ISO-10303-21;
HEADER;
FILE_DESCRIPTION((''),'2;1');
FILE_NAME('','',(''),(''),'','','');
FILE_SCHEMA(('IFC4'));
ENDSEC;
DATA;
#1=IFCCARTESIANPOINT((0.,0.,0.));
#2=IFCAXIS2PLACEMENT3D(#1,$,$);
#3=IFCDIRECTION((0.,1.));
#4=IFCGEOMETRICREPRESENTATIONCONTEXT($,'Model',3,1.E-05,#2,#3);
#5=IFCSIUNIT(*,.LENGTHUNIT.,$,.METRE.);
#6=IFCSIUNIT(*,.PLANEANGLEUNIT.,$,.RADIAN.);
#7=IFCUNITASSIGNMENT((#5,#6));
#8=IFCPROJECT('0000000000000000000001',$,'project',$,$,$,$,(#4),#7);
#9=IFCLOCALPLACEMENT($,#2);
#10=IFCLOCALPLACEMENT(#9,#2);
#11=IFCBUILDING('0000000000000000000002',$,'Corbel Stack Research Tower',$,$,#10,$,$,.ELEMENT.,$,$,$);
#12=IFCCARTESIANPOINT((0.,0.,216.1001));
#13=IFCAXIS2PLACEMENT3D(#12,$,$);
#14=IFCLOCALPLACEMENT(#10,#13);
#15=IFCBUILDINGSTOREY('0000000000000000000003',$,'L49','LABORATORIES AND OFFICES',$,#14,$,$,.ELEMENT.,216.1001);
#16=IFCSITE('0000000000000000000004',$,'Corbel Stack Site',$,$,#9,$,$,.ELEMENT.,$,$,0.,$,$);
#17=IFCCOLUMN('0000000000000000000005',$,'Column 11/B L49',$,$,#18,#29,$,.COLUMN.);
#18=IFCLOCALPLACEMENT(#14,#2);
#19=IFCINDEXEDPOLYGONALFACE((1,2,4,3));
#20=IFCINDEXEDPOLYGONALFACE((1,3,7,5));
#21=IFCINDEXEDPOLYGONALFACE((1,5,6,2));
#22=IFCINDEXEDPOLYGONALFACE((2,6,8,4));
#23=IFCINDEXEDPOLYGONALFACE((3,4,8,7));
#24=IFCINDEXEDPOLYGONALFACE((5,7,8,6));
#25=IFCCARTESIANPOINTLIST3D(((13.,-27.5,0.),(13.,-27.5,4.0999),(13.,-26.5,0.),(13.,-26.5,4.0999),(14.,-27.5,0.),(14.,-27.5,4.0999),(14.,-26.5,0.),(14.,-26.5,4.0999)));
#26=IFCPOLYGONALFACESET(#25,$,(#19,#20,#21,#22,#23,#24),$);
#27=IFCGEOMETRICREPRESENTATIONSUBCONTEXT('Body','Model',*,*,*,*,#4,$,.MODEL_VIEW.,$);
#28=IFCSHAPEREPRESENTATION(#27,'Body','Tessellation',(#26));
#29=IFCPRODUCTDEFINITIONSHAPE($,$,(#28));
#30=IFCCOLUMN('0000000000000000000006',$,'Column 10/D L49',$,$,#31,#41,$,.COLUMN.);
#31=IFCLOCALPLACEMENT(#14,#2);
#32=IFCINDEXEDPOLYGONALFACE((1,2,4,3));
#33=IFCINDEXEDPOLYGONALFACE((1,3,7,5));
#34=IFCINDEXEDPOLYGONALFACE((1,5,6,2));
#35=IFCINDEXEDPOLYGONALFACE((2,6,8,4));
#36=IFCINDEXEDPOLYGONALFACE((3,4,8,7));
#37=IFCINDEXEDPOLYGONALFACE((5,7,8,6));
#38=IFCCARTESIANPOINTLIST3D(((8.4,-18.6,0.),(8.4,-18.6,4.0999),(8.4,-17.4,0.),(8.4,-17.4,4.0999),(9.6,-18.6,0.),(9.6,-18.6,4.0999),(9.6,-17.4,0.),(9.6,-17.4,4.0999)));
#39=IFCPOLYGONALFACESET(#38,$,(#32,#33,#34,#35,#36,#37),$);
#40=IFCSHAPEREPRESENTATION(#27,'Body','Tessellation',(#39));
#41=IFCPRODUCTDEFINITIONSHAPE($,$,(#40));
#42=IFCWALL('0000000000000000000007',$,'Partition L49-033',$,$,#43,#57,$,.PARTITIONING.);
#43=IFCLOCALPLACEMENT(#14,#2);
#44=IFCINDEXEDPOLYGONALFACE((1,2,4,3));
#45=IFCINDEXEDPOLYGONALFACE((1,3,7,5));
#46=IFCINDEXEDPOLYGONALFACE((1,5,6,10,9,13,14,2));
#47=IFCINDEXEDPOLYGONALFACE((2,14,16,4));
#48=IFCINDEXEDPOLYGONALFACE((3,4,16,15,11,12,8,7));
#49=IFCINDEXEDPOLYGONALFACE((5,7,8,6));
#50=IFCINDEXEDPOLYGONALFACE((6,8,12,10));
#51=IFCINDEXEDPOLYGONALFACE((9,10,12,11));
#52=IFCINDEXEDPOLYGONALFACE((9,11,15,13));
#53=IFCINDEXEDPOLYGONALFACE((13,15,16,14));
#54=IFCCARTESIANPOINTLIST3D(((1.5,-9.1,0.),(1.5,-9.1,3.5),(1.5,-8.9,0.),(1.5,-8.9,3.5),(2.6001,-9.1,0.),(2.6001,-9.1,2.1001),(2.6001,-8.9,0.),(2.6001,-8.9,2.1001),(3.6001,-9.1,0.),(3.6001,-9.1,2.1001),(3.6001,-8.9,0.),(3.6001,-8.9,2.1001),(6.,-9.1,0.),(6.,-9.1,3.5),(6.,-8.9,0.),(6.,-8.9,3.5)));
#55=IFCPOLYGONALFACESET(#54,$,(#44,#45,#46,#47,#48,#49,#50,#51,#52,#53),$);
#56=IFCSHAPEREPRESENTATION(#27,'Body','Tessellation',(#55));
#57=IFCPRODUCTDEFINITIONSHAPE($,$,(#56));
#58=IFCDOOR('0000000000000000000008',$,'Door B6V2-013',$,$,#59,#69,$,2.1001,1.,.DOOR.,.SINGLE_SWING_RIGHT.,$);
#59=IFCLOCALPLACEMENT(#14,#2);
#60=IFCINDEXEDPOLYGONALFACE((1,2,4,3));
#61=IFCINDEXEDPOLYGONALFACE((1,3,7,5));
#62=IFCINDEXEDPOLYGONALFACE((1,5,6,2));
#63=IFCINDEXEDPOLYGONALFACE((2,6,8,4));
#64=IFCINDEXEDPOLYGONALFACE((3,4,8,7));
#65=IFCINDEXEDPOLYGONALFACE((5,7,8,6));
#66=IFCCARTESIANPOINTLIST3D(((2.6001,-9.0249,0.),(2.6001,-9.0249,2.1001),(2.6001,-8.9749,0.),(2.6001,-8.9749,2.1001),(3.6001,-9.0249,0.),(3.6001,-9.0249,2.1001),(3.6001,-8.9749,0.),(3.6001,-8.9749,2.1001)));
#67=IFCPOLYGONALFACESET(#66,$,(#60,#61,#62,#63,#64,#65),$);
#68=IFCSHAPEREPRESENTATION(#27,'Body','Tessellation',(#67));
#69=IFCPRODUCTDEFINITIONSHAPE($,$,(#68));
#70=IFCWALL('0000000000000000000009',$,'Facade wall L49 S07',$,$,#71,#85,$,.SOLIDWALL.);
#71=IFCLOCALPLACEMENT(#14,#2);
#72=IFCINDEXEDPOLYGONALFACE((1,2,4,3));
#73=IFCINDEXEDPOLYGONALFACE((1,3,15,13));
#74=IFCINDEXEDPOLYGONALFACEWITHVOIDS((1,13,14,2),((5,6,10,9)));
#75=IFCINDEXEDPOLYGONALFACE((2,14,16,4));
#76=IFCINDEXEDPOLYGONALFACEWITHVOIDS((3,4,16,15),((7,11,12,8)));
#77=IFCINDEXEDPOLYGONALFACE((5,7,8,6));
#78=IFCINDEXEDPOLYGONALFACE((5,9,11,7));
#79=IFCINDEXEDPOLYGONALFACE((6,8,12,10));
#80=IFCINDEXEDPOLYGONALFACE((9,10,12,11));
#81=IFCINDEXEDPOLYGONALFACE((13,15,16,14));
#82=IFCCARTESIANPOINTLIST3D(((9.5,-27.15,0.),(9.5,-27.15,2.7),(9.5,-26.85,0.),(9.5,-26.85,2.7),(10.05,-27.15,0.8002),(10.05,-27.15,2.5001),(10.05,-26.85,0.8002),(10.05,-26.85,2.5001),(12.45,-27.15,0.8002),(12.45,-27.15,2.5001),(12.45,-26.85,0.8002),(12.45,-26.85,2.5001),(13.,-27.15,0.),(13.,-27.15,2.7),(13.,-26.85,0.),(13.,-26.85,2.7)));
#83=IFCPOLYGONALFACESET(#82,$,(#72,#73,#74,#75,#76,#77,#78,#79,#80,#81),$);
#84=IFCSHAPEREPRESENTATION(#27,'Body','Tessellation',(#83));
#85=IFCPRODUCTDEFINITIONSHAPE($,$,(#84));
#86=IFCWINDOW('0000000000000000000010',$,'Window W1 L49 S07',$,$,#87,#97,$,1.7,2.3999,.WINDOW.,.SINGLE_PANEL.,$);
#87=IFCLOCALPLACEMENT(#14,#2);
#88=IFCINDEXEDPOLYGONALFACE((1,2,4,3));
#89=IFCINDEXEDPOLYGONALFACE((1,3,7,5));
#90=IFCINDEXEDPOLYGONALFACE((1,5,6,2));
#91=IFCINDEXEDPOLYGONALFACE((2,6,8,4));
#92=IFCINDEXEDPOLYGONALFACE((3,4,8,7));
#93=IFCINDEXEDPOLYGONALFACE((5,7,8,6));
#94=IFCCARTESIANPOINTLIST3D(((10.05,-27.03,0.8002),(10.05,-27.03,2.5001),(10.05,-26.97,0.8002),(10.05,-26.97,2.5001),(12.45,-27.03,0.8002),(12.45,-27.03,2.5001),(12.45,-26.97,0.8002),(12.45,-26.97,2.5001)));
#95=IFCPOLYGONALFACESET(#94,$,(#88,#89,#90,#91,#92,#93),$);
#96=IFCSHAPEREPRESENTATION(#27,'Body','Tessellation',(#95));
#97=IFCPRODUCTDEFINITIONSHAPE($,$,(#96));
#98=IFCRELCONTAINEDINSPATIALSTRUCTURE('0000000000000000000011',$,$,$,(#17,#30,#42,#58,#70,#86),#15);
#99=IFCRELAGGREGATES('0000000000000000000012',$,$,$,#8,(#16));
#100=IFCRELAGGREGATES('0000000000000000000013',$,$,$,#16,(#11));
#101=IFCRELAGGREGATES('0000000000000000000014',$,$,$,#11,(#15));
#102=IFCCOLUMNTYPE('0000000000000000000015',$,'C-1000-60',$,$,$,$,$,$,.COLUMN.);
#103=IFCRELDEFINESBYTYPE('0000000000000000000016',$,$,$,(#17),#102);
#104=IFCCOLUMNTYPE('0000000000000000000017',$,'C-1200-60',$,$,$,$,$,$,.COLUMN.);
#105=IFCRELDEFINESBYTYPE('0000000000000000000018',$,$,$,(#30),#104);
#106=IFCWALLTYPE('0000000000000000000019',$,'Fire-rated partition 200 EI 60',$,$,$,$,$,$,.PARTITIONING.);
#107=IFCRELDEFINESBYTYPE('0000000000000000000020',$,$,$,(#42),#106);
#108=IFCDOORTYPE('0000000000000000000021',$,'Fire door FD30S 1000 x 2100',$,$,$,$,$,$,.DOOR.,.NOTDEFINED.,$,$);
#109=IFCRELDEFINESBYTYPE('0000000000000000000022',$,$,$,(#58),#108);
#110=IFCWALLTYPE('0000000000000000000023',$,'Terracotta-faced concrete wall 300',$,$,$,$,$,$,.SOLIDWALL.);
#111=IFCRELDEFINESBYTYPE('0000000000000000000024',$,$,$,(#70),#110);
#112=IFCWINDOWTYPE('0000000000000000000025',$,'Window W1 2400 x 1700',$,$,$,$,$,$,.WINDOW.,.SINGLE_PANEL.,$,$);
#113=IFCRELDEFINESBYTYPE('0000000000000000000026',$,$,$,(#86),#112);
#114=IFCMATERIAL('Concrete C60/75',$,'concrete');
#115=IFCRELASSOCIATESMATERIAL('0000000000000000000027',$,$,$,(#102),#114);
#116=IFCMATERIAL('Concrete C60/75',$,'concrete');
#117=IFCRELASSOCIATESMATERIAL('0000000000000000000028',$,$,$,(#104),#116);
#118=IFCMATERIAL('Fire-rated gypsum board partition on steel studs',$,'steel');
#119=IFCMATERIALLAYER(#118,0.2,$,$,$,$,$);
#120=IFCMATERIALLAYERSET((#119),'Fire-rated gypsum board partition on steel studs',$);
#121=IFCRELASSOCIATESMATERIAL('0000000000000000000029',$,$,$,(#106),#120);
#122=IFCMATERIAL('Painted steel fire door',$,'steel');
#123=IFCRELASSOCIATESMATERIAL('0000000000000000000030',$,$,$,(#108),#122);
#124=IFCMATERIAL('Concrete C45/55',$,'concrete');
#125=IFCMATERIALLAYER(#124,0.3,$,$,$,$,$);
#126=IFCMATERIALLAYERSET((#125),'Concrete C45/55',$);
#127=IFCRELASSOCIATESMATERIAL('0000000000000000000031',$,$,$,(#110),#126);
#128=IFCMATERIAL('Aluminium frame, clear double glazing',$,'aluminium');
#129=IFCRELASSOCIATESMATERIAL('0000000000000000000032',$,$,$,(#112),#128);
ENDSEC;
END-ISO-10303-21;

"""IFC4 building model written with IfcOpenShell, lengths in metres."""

from ifc_helpers import new_model, si_unit, direction, frame, frame_2d, origin, origin_2d, place, context, subcontext, project, spatial, rectangle, extrude, material, layer, layer_set, material_profile, profile_set, type_object, element, fill, save


model = new_model("IFC4")

# Units and contexts
model_context = context("Model", 3, precision=1e-05, world=origin(), true_north=direction((0.0, 1.0)))
body_context = subcontext(model_context, "Body", "Model", "MODEL_VIEW")
ifc_project = project(units=[si_unit("LENGTHUNIT", "METRE"), si_unit("PLANEANGLEUNIT", "RADIAN")], contexts=[model_context])

# Site, building, storey
site_placement = place(None, origin())
site = spatial("IfcSite", under=ifc_project, at=site_placement, Name="Corbel Stack Site", CompositionType="ELEMENT", RefElevation=0.0)
building_placement = place(site_placement, origin())
building = spatial("IfcBuilding", under=site, at=building_placement, Name="Corbel Stack Research Tower", CompositionType="ELEMENT")
storey_placement = place(building_placement, frame((0.0, 0.0, 216.1001)))
storey = spatial("IfcBuildingStorey", under=building, at=storey_placement, Name="L49", Description="LABORATORIES AND OFFICES", CompositionType="ELEMENT", Elevation=216.1001)

# Columns
ifc_material_1 = material(Name="Concrete C60/75", Category="concrete")
ifc_material_profile_1 = material_profile(ifc_material_1, rectangle(XDim=1.0, YDim=1.0, at=origin_2d()), Name="RC 1000 x 1000")
ifc_profile_set_1 = profile_set([ifc_material_profile_1], Name="Concrete C60/75")
column_type_1 = type_object("IfcColumnType", Name="C-1000-60", PredefinedType="COLUMN", material=ifc_profile_set_1)
column_1_placement = place(storey_placement, frame((13.5, -27.0, 0.0), z_axis=(0.0, 0.0, 1.0), x_axis=(1.0, 0.0, 0.0)))
element("IfcColumn", 1, at=column_1_placement, inside=storey, type_object=column_type_1, Name="Column 11/B L49", PredefinedType="COLUMN", context=body_context, shape_type="SweptSolid", body=[
    extrude(rectangle(XDim=1.0, YDim=1.0, at=origin_2d()), origin(), (0.0, 0.0, 1.0), 4.0999),
])
ifc_material_2 = material(Name="Concrete C60/75", Category="concrete")
ifc_material_profile_2 = material_profile(ifc_material_2, rectangle(XDim=1.2, YDim=1.2, at=origin_2d()), Name="RC 1200 x 1200")
ifc_profile_set_2 = profile_set([ifc_material_profile_2], Name="Concrete C60/75")
column_type_2 = type_object("IfcColumnType", Name="C-1200-60", PredefinedType="COLUMN", material=ifc_profile_set_2)
column_2_placement = place(storey_placement, frame((9.0, -18.0, 0.0), z_axis=(0.0, 0.0, 1.0), x_axis=(1.0, 0.0, 0.0)))
element("IfcColumn", 2, at=column_2_placement, inside=storey, type_object=column_type_2, Name="Column 10/D L49", PredefinedType="COLUMN", context=body_context, shape_type="SweptSolid", body=[
    extrude(rectangle(XDim=1.2, YDim=1.2, at=origin_2d()), origin(), (0.0, 0.0, 1.0), 4.0999),
])

# Wall, opening, door
ifc_material_3 = material(Name="Fire-rated gypsum board partition on steel studs", Category="steel")
ifc_layer_1 = layer(ifc_material_3, 0.2)
ifc_layer_set_1 = layer_set([ifc_layer_1], Name="Fire-rated gypsum board partition on steel studs")
wall_type_1 = type_object("IfcWallType", Name="Fire-rated partition 200 EI 60", PredefinedType="PARTITIONING", material=ifc_layer_set_1)
wall_1_placement = place(storey_placement, frame((6.0, -9.0, 0.0), z_axis=(0.0, 0.0, 1.0), x_axis=(-1.0, 0.0, 0.0)))
wall_1 = element("IfcWall", 3, at=wall_1_placement, inside=storey, type_object=wall_type_1, Name="Partition L49-033", PredefinedType="PARTITIONING", context=body_context, shape_type="SweptSolid", body=[
    extrude(rectangle(XDim=4.5, YDim=0.2, at=frame_2d((2.25, 0.0))), origin(), (0.0, 0.0, 1.0), 3.5),
])
opening_1_placement = place(wall_1_placement, frame((2.3999, 0.0, 0.0)))
opening_1 = element("IfcOpeningElement", 4, at=opening_1_placement, cuts=wall_1, PredefinedType="OPENING", context=body_context, shape_type="SweptSolid", body=[
    extrude(rectangle(XDim=1.0, YDim=2.1001, at=frame_2d((0.5, 1.05))), frame((0.0, 0.1099, 0.0), z_axis=(0.0, -1.0, 0.0), x_axis=(1.0, 0.0, 0.0)), (0.0, 0.0, 1.0), 0.22),
])
ifc_material_4 = material(Name="Painted steel fire door", Category="steel")
door_type_1 = type_object("IfcDoorType", Name="Fire door FD30S 1000 x 2100", OperationType="NOTDEFINED", PredefinedType="DOOR", material=ifc_material_4)
door_1_placement = place(opening_1_placement, origin())
door_1 = element("IfcDoor", 5, at=door_1_placement, inside=storey, type_object=door_type_1, Name="Door B6V2-013", OperationType="SINGLE_SWING_RIGHT", OverallHeight=2.1001, OverallWidth=1.0, PredefinedType="DOOR", context=body_context, shape_type="SweptSolid", body=[
    extrude(rectangle(XDim=1.0, YDim=2.1001, at=frame_2d((0.5, 1.05))), frame((0.0, 0.0249, 0.0), z_axis=(0.0, -1.0, 0.0), x_axis=(1.0, 0.0, 0.0)), (0.0, 0.0, 1.0), 0.05),
])
fill(opening_1, door_1)

# Wall, opening, window
ifc_material_5 = material(Name="Concrete C45/55", Category="concrete")
ifc_layer_2 = layer(ifc_material_5, 0.3)
ifc_layer_set_2 = layer_set([ifc_layer_2], Name="Concrete C45/55")
wall_type_2 = type_object("IfcWallType", Name="Terracotta-faced concrete wall 300", PredefinedType="SOLIDWALL", material=ifc_layer_set_2)
wall_2_placement = place(storey_placement, frame((13.0, -27.0, 0.0), z_axis=(0.0, 0.0, 1.0), x_axis=(-1.0, 0.0, 0.0)))
wall_2 = element("IfcWall", 6, at=wall_2_placement, inside=storey, type_object=wall_type_2, Name="Facade wall L49 S07", PredefinedType="SOLIDWALL", context=body_context, shape_type="SweptSolid", body=[
    extrude(rectangle(XDim=3.5, YDim=0.3, at=frame_2d((1.75, 0.0))), origin(), (0.0, 0.0, 1.0), 2.7),
])
opening_2_placement = place(wall_2_placement, frame((0.55, 0.0, 0.8)))
opening_2 = element("IfcOpeningElement", 7, at=opening_2_placement, cuts=wall_2, PredefinedType="OPENING", context=body_context, shape_type="SweptSolid", body=[
    extrude(rectangle(XDim=2.3999, YDim=1.7, at=frame_2d((1.2, 0.8501))), frame((0.0, 0.1599, 0.0), z_axis=(0.0, -1.0, 0.0), x_axis=(1.0, 0.0, 0.0)), (0.0, 0.0, 1.0), 0.3201),
])
ifc_material_6 = material(Name="Aluminium frame, clear double glazing", Category="aluminium")
window_type = type_object("IfcWindowType", Name="Window W1 2400 x 1700", PartitioningType="SINGLE_PANEL", PredefinedType="WINDOW", material=ifc_material_6)
window_placement = place(opening_2_placement, origin())
window = element("IfcWindow", 8, at=window_placement, inside=storey, type_object=window_type, Name="Window W1 L49 S07", OverallHeight=1.7, OverallWidth=2.3999, PartitioningType="SINGLE_PANEL", PredefinedType="WINDOW", context=body_context, shape_type="SweptSolid", body=[
    extrude(rectangle(XDim=2.3999, YDim=1.7, at=frame_2d((1.2, 0.8501))), frame((0.0, 0.03, 0.0), z_axis=(0.0, -1.0, 0.0), x_axis=(1.0, 0.0, 0.0)), (0.0, 0.0, 1.0), 0.0601),
])
fill(opening_2, window)

save(model, "model.ifc")
